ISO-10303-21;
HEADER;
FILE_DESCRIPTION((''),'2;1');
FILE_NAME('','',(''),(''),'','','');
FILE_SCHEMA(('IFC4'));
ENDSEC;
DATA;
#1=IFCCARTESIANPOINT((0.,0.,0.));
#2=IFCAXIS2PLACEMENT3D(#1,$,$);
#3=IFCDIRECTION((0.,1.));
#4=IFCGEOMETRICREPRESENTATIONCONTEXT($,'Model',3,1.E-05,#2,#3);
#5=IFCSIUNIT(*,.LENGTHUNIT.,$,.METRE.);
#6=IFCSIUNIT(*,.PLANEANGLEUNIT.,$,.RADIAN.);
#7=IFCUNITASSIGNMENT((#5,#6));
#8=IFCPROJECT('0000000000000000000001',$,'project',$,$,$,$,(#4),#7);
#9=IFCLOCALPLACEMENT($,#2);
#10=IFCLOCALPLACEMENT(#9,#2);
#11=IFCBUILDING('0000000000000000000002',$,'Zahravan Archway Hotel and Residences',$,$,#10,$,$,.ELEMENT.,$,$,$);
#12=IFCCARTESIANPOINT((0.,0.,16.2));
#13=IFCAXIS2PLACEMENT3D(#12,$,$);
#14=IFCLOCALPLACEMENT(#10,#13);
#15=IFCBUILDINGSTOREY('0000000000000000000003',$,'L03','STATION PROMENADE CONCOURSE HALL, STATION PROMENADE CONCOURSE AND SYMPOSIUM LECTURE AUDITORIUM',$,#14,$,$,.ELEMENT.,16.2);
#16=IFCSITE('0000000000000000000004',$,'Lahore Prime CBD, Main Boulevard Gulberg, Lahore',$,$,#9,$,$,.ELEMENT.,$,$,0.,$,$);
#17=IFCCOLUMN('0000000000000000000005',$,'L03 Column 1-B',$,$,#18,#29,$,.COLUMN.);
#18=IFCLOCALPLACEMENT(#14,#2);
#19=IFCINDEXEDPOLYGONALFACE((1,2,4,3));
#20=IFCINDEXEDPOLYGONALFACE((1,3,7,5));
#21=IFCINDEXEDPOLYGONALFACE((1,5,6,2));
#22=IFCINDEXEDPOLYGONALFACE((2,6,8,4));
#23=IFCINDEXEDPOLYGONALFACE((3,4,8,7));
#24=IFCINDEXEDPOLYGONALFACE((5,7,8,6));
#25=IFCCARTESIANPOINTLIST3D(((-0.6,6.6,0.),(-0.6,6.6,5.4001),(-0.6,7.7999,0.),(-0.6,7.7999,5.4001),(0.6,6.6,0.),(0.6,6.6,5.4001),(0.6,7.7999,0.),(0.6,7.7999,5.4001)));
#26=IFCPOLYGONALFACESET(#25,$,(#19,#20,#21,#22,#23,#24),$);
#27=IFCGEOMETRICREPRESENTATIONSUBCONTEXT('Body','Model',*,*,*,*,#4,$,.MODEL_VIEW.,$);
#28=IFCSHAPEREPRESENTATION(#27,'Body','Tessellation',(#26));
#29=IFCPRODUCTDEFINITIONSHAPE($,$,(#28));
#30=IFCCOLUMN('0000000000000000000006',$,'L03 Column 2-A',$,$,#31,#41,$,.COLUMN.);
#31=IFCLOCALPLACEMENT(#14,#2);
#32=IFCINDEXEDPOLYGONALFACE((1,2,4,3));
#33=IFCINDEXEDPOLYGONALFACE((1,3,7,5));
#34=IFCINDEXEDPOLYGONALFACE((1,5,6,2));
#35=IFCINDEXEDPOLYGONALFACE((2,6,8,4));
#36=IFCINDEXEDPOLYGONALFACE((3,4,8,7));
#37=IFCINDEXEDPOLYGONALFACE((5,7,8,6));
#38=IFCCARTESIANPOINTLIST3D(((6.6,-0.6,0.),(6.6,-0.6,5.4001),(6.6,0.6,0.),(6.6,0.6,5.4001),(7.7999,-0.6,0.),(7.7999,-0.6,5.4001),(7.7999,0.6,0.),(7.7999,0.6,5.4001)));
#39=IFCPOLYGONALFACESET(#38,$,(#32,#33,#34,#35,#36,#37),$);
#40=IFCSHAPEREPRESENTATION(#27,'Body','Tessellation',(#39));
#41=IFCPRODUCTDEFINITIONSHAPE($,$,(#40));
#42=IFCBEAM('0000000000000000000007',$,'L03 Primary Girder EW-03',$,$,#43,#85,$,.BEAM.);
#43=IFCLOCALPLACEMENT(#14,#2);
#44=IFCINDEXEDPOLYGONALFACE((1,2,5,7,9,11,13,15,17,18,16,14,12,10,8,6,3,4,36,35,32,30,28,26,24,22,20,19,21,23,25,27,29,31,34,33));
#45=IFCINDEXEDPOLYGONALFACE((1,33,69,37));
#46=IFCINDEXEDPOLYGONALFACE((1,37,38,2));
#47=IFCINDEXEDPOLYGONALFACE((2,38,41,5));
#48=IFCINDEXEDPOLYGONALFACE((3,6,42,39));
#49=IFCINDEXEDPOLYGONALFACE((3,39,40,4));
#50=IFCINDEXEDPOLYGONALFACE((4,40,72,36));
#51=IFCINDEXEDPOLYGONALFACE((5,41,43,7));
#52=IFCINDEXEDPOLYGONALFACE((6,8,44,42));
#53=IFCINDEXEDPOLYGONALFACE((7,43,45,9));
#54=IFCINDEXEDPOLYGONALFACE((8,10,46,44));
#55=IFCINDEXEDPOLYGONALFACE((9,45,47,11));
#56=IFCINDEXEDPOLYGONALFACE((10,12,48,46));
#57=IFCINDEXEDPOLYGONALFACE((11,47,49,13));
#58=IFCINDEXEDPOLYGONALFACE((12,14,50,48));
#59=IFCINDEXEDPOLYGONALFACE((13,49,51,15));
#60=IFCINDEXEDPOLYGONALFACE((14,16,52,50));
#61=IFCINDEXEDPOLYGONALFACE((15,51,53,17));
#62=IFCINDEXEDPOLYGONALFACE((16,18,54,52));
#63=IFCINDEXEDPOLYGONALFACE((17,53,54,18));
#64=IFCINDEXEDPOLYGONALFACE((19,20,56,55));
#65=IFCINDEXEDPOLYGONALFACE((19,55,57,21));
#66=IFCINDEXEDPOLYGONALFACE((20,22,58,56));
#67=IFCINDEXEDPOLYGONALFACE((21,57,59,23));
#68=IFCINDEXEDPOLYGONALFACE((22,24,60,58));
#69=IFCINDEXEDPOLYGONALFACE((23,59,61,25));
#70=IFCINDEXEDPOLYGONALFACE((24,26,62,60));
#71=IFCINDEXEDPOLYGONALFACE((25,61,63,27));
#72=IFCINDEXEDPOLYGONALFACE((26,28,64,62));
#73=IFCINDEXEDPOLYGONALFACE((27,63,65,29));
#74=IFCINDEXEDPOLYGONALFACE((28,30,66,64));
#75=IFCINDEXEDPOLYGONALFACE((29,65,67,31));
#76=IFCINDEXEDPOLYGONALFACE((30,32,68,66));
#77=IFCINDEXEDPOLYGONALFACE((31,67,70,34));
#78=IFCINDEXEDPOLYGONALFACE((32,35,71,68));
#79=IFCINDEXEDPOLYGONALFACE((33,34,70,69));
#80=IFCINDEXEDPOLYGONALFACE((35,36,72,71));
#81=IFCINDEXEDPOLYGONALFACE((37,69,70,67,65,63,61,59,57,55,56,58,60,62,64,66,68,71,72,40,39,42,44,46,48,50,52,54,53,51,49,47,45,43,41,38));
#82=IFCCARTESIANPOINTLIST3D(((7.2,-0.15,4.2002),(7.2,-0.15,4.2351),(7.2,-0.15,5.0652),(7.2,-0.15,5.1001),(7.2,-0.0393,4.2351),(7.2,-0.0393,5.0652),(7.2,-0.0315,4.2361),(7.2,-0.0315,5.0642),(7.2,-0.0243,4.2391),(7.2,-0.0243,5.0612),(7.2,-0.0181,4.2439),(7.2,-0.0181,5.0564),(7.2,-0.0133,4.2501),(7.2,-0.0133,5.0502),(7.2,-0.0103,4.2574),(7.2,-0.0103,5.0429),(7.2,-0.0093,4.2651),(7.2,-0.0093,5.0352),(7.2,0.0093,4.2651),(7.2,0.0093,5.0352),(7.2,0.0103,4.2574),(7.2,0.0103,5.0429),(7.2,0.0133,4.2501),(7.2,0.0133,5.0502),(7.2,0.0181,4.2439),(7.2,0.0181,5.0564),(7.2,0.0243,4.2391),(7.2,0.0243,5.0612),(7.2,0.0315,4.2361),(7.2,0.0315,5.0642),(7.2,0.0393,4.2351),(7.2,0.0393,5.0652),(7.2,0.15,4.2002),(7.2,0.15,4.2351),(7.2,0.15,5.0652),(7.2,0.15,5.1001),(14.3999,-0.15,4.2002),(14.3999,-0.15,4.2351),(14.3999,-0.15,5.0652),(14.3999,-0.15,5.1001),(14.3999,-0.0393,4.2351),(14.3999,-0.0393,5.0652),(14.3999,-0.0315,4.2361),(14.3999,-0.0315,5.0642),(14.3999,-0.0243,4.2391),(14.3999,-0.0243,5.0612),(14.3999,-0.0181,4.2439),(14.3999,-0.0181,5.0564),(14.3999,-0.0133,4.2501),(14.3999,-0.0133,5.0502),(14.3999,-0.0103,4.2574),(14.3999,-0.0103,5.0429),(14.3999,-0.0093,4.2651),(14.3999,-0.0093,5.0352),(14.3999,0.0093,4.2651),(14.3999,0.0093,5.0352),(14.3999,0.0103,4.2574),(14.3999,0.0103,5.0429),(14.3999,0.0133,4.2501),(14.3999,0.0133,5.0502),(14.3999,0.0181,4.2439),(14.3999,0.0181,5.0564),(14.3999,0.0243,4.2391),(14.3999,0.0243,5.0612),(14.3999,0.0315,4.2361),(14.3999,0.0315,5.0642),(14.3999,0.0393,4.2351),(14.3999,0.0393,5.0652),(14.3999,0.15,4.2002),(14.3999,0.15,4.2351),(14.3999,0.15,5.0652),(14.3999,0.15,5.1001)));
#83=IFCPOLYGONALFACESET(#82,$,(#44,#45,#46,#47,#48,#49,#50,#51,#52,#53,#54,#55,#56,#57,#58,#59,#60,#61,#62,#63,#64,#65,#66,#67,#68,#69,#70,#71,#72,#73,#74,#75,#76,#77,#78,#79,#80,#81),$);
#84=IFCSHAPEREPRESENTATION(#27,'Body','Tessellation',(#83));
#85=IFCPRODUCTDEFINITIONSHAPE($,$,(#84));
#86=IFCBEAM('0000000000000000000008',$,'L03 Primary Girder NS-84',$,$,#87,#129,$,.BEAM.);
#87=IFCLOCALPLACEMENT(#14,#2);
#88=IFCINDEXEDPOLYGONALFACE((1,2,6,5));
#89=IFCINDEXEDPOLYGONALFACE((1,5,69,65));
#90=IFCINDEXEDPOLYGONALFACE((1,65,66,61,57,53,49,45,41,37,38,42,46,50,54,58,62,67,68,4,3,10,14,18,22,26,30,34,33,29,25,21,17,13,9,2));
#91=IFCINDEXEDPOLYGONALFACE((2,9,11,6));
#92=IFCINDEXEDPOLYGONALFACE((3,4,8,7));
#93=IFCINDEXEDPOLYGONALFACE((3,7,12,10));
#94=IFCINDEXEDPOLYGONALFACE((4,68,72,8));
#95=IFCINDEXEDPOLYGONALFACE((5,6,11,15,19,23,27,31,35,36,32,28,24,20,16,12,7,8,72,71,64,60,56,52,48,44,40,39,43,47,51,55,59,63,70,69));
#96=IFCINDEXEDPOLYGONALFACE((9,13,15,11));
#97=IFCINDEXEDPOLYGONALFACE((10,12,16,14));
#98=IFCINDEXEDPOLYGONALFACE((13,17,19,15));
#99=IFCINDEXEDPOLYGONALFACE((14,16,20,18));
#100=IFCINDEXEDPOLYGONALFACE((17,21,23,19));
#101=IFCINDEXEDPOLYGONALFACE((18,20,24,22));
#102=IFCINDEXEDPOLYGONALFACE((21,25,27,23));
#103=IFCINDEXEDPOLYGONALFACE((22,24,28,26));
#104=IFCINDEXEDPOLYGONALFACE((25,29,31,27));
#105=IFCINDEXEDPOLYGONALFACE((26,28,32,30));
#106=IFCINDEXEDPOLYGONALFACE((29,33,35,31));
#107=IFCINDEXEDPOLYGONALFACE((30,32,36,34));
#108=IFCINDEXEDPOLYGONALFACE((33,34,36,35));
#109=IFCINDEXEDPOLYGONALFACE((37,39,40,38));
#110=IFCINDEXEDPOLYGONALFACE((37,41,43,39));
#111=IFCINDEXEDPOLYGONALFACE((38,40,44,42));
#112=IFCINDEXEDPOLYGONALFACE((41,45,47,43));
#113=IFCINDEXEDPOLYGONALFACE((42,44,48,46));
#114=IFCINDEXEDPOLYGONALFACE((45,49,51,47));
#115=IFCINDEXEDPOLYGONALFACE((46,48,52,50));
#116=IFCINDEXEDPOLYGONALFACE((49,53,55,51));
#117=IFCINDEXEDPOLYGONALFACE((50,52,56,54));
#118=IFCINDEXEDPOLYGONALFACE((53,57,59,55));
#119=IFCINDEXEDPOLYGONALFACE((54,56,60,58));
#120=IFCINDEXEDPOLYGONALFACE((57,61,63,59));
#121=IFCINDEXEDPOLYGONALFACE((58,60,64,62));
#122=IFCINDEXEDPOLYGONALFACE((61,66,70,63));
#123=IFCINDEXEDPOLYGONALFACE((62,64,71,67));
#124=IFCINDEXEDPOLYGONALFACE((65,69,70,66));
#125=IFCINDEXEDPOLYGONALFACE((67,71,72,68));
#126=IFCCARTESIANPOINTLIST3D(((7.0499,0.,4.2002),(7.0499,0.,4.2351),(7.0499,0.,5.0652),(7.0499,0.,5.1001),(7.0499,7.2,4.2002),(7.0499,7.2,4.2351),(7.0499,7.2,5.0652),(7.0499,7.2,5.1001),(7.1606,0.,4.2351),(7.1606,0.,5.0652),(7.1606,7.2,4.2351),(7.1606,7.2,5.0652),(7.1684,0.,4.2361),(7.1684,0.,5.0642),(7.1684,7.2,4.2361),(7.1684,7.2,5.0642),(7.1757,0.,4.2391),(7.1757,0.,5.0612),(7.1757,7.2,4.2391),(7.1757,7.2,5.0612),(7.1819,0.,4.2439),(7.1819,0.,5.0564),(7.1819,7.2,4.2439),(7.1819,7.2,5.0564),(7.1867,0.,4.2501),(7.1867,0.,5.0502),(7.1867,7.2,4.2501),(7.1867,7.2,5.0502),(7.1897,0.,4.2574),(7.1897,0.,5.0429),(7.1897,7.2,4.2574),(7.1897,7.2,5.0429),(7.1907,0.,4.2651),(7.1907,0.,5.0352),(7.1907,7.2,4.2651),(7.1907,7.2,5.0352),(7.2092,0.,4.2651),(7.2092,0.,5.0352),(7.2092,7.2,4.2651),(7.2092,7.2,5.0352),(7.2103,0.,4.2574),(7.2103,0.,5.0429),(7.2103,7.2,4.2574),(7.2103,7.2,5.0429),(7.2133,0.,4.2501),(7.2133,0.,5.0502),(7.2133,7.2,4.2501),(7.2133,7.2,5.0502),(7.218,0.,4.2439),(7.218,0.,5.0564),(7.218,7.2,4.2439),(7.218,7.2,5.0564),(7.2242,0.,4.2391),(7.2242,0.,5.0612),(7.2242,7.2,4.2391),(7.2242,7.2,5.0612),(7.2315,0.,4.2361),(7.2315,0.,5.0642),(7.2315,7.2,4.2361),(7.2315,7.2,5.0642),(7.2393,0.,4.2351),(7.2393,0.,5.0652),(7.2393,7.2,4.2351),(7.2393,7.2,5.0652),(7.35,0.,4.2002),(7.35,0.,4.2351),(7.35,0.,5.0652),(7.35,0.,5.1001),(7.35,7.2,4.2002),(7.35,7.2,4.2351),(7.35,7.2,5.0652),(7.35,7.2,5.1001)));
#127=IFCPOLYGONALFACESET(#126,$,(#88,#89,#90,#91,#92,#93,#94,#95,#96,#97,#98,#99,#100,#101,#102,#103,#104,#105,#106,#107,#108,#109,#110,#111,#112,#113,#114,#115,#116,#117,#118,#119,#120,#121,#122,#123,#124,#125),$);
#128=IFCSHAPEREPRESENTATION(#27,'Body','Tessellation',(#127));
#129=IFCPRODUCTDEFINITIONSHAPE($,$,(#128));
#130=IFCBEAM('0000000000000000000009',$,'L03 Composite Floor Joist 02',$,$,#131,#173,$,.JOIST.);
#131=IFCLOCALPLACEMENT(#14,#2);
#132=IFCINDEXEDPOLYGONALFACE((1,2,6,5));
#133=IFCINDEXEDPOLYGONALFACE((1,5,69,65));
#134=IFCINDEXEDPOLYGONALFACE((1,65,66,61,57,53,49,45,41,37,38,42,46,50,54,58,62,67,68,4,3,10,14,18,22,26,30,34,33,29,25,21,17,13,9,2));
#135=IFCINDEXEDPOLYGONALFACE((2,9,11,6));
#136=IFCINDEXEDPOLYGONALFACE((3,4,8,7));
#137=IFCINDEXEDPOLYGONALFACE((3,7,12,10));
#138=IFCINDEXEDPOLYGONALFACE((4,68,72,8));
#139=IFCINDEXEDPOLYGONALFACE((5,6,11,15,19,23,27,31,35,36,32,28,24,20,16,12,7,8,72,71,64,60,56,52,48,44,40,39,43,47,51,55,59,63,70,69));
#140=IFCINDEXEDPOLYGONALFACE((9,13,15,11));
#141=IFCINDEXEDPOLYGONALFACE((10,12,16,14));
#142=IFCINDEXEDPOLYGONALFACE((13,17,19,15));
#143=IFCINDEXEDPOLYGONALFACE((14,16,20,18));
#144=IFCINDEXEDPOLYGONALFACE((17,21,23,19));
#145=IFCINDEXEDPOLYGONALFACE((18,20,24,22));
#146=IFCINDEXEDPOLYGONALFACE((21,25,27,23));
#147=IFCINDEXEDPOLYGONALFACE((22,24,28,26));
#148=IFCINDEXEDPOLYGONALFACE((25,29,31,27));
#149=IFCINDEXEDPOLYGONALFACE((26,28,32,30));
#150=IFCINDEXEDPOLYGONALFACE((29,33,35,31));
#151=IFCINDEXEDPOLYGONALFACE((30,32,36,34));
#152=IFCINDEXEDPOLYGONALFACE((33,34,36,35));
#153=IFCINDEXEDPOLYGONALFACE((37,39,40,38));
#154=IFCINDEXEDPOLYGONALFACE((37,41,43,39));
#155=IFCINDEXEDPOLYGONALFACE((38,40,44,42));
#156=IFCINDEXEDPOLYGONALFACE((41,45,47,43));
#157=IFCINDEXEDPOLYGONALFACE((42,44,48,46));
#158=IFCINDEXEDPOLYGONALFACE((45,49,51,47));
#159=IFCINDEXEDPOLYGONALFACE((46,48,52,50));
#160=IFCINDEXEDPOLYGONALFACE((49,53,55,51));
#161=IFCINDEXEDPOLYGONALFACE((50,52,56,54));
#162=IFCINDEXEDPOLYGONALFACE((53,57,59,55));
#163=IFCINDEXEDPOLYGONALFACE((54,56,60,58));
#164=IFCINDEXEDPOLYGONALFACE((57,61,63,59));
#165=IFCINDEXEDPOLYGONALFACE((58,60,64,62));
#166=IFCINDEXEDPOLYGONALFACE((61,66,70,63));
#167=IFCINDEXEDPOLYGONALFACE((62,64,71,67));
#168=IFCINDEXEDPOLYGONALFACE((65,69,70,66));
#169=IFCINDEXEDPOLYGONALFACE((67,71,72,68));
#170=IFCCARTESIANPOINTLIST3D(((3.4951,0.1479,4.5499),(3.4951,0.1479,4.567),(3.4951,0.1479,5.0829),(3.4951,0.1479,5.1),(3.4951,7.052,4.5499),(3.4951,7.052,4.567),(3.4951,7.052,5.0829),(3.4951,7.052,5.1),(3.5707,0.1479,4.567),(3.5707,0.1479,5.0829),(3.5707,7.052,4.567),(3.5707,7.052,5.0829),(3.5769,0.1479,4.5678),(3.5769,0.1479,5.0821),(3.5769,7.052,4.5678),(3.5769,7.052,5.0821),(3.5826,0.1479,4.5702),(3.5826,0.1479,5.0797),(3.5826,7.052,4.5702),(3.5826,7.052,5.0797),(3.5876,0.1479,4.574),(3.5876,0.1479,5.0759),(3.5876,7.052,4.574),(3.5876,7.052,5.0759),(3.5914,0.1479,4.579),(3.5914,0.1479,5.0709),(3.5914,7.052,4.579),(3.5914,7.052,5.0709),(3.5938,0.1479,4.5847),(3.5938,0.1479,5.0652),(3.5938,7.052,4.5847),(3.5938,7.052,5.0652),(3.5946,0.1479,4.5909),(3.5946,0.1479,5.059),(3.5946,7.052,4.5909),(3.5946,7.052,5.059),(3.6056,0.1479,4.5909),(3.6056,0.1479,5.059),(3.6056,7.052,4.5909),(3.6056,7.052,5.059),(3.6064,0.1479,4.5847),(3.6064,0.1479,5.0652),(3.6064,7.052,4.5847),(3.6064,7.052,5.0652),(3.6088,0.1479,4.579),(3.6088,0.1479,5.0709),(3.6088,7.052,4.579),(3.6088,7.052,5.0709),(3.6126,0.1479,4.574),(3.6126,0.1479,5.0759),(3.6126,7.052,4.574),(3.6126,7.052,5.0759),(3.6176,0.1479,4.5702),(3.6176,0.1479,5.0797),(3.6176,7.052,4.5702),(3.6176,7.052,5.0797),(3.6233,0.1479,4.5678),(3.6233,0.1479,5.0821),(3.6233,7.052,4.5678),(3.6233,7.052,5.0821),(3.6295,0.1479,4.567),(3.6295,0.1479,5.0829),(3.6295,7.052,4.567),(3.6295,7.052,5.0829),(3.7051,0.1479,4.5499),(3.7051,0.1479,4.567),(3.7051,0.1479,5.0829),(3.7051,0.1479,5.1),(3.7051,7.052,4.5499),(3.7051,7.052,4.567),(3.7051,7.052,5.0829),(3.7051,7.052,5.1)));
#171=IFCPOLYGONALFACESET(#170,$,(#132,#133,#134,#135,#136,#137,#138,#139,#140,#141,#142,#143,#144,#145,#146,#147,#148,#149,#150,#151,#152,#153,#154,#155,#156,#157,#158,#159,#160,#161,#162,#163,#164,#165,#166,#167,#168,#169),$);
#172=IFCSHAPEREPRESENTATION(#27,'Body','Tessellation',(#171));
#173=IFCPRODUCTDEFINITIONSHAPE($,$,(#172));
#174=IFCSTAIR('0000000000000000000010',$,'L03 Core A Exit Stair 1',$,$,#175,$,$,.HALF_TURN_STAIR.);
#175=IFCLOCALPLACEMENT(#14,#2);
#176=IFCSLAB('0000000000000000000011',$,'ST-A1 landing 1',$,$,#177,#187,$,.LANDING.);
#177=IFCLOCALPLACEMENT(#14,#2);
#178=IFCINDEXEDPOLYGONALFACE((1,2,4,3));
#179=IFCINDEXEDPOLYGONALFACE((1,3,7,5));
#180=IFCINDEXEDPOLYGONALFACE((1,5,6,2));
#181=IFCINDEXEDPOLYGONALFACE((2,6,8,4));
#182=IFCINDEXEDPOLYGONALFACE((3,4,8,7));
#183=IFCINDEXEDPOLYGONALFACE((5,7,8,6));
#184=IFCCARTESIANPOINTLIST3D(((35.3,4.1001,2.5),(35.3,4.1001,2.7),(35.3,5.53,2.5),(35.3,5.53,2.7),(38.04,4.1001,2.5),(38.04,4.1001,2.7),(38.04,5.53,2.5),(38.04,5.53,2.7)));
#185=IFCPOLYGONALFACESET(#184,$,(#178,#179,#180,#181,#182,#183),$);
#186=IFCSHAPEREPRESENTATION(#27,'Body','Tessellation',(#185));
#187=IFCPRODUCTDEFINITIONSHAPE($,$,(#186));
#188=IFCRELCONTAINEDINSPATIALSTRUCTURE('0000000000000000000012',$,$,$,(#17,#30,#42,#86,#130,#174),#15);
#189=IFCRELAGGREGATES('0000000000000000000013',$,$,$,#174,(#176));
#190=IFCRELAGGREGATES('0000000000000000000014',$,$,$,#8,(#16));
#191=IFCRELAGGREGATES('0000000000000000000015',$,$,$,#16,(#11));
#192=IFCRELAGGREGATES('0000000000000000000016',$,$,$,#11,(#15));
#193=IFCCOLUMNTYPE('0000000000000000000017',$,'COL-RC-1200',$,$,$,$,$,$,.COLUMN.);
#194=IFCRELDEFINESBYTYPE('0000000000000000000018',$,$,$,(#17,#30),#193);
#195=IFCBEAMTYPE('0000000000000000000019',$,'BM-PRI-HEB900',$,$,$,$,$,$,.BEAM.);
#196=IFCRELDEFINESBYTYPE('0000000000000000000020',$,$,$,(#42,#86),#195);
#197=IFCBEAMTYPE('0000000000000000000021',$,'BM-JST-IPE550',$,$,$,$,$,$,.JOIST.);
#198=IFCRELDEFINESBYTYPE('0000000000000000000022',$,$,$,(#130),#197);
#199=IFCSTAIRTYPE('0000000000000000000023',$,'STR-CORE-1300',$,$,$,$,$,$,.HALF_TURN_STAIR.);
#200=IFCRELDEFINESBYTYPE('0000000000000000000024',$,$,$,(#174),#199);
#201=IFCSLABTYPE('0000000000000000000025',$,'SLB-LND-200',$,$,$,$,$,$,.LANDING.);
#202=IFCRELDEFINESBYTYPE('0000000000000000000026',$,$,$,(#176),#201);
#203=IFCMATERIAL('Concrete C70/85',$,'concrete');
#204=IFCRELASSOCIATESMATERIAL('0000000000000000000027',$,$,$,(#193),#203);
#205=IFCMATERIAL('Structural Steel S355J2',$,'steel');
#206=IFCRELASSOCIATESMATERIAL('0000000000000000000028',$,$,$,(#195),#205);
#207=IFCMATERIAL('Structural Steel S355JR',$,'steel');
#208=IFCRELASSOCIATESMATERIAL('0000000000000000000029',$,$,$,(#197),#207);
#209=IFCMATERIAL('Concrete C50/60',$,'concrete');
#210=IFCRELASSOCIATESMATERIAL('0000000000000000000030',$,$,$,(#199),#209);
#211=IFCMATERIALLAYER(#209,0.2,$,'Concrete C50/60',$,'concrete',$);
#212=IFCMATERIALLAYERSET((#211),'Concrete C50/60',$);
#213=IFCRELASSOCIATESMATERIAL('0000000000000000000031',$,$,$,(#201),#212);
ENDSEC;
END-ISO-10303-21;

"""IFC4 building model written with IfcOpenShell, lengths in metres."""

from ifc_helpers import new_model, si_unit, direction, frame, origin, origin_2d, place, context, subcontext, project, spatial, polyline, rectangle, i_section, outline, extrude, source, transform, mapped, material, layer, layer_set, material_profile, profile_set, type_object, type_shapes, element, aggregate, save


model = new_model("IFC4")

# Units and contexts
model_context = context("Model", 3, precision=1e-05, world=origin(), true_north=direction((0.0, 1.0)))
body_context = subcontext(model_context, "Body", "Model", "MODEL_VIEW")
ifc_project = project(units=[si_unit("LENGTHUNIT", "METRE"), si_unit("PLANEANGLEUNIT", "RADIAN")], contexts=[model_context])

# Site, building, storey
site_placement = place(None, origin())
site = spatial("IfcSite", under=ifc_project, at=site_placement, Name="Lahore Prime CBD, Main Boulevard Gulberg, Lahore", CompositionType="ELEMENT", RefElevation=0.0)
building_placement = place(site_placement, origin())
building = spatial("IfcBuilding", under=site, at=building_placement, Name="Zahravan Archway Hotel and Residences", CompositionType="ELEMENT")
storey_placement = place(building_placement, frame((0.0, 0.0, 16.2)))
storey = spatial("IfcBuildingStorey", under=building, at=storey_placement, Name="L03", Description="STATION PROMENADE CONCOURSE HALL, STATION PROMENADE CONCOURSE AND SYMPOSIUM LECTURE AUDITORIUM", CompositionType="ELEMENT", Elevation=16.2)

# Columns
ifc_material_1 = material(Name="Concrete C70/85", Category="concrete")
ifc_material_profile_1 = material_profile(ifc_material_1, rectangle(XDim=1.2, YDim=1.2, at=origin_2d()), Name="RC-COL-1200x1200", Category="concrete")
ifc_profile_set_1 = profile_set([ifc_material_profile_1], Name="Concrete C70/85")
column_type = type_object("IfcColumnType", Name="COL-RC-1200", PredefinedType="COLUMN", material=ifc_profile_set_1)
shared_shape_1 = source(origin(), body_context, "Body", "SweptSolid", [
    extrude(rectangle(XDim=1.2, YDim=1.2, at=origin_2d()), origin(), (0.0, 0.0, 1.0), 5.4001),
])
for number, where, z_axis, x_axis, name in (
    (1, (0.0, 7.2, 0.0), (0.0, 0.0, 1.0), (1.0, 0.0, 0.0), "L03 Column 1-B"),
    (2, (7.2, 0.0, 0.0), (0.0, 0.0, 1.0), (1.0, 0.0, 0.0), "L03 Column 2-A"),
):
    element("IfcColumn", number, at=place(storey_placement, frame(where, z_axis=z_axis, x_axis=x_axis)), inside=storey, type_object=column_type, Name=name, PredefinedType="COLUMN", context=body_context, shape_type="MappedRepresentation", body=[
        mapped(shared_shape_1, transform((0.0, 0.0, 0.0), scale=1.0)),
    ])

# Beams
ifc_material_2 = material(Name="Structural Steel S355J2", Category="steel")
ifc_material_profile_2 = material_profile(ifc_material_2, i_section(OverallWidth=0.3, OverallDepth=0.8999, WebThickness=0.0186, FlangeThickness=0.0349, FilletRadius=0.03, at=origin_2d()), Name="HEB 900", Category="steel")
ifc_profile_set_2 = profile_set([ifc_material_profile_2], Name="Structural Steel S355J2")
beam_type_1 = type_object("IfcBeamType", Name="BM-PRI-HEB900", PredefinedType="BEAM", material=ifc_profile_set_2)
shared_shape_2 = source(origin(), body_context, "Body", "SweptSolid", [
    extrude(i_section(OverallWidth=0.3, OverallDepth=0.8999, WebThickness=0.0186, FlangeThickness=0.0349, FilletRadius=0.03, at=origin_2d()), origin(), (0.0, 0.0, 1.0), 7.2),
])
for number, where, z_axis, x_axis, name in (
    (3, (7.2, 0.0, 4.6501), (1.0, 0.0, 0.0), (0.0, 1.0, 0.0), "L03 Primary Girder EW-03"),
    (4, (7.2, 0.0, 4.6501), (0.0, 1.0, 0.0), (-1.0, 0.0, 0.0), "L03 Primary Girder NS-84"),
):
    element("IfcBeam", number, at=place(storey_placement, frame(where, z_axis=z_axis, x_axis=x_axis)), inside=storey, type_object=beam_type_1, Name=name, PredefinedType="BEAM", context=body_context, shape_type="MappedRepresentation", body=[
        mapped(shared_shape_2, transform((0.0, 0.0, 0.0), scale=1.0)),
    ])
ifc_material_3 = material(Name="Structural Steel S355JR", Category="steel")
ifc_material_profile_3 = material_profile(ifc_material_3, i_section(OverallWidth=0.21, OverallDepth=0.55, WebThickness=0.011, FlangeThickness=0.0171, FilletRadius=0.0239, at=origin_2d()), Name="IPE 550", Category="steel")
ifc_profile_set_3 = profile_set([ifc_material_profile_3], Name="Structural Steel S355JR")
beam_type_2 = type_object("IfcBeamType", Name="BM-JST-IPE550", PredefinedType="JOIST", material=ifc_profile_set_3)
shared_shape_3 = source(origin(), body_context, "Body", "SweptSolid", [
    extrude(i_section(OverallWidth=0.21, OverallDepth=0.55, WebThickness=0.011, FlangeThickness=0.0171, FilletRadius=0.0239, at=origin_2d()), origin(), (0.0, 0.0, 1.0), 6.9041),
])
type_shapes(beam_type_2, [shared_shape_3])
beam_placement = place(storey_placement, frame((3.6001, 0.1479, 4.825), z_axis=(0.0, 1.0, 0.0), x_axis=(-1.0, 0.0, 0.0)))
element("IfcBeam", 5, at=beam_placement, inside=storey, type_object=beam_type_2, Name="L03 Composite Floor Joist 02", PredefinedType="JOIST", context=body_context, shape_type="MappedRepresentation", body=[
    mapped(shared_shape_3, transform((0.0, 0.0, 0.0), scale=1.0)),
])

# Stair, slab
ifc_material_4 = material(Name="Concrete C50/60", Category="concrete")
stair_type = type_object("IfcStairType", Name="STR-CORE-1300", PredefinedType="HALF_TURN_STAIR", material=ifc_material_4)
stair_1_placement = place(storey_placement, origin())
stair_1 = element("IfcStair", 6, at=stair_1_placement, inside=storey, type_object=stair_type, Name="L03 Core A Exit Stair 1", PredefinedType="HALF_TURN_STAIR")
ifc_layer_1 = layer(ifc_material_4, 0.2, Name="Concrete C50/60", Category="concrete")
ifc_layer_set_1 = layer_set([ifc_layer_1], Name="Concrete C50/60")
slab_type_1 = type_object("IfcSlabType", Name="SLB-LND-200", PredefinedType="LANDING", material=ifc_layer_set_1)
slab_1_placement = place(storey_placement, frame((0.0, 0.0, 2.5)))
slab_1 = element("IfcSlab", 7, at=slab_1_placement, type_object=slab_type_1, Name="ST-A1 landing 1", PredefinedType="LANDING", context=body_context, shape_type="SweptSolid", body=[
    extrude(outline(polyline([(35.3, 5.53), (35.3, 4.1001), (38.04, 4.1001), (38.04, 5.53), (35.3, 5.53)])), origin(), (0.0, 0.0, 1.0), 0.2),
])
aggregate(stair_1, [slab_1])

save(model, "model.ifc")
